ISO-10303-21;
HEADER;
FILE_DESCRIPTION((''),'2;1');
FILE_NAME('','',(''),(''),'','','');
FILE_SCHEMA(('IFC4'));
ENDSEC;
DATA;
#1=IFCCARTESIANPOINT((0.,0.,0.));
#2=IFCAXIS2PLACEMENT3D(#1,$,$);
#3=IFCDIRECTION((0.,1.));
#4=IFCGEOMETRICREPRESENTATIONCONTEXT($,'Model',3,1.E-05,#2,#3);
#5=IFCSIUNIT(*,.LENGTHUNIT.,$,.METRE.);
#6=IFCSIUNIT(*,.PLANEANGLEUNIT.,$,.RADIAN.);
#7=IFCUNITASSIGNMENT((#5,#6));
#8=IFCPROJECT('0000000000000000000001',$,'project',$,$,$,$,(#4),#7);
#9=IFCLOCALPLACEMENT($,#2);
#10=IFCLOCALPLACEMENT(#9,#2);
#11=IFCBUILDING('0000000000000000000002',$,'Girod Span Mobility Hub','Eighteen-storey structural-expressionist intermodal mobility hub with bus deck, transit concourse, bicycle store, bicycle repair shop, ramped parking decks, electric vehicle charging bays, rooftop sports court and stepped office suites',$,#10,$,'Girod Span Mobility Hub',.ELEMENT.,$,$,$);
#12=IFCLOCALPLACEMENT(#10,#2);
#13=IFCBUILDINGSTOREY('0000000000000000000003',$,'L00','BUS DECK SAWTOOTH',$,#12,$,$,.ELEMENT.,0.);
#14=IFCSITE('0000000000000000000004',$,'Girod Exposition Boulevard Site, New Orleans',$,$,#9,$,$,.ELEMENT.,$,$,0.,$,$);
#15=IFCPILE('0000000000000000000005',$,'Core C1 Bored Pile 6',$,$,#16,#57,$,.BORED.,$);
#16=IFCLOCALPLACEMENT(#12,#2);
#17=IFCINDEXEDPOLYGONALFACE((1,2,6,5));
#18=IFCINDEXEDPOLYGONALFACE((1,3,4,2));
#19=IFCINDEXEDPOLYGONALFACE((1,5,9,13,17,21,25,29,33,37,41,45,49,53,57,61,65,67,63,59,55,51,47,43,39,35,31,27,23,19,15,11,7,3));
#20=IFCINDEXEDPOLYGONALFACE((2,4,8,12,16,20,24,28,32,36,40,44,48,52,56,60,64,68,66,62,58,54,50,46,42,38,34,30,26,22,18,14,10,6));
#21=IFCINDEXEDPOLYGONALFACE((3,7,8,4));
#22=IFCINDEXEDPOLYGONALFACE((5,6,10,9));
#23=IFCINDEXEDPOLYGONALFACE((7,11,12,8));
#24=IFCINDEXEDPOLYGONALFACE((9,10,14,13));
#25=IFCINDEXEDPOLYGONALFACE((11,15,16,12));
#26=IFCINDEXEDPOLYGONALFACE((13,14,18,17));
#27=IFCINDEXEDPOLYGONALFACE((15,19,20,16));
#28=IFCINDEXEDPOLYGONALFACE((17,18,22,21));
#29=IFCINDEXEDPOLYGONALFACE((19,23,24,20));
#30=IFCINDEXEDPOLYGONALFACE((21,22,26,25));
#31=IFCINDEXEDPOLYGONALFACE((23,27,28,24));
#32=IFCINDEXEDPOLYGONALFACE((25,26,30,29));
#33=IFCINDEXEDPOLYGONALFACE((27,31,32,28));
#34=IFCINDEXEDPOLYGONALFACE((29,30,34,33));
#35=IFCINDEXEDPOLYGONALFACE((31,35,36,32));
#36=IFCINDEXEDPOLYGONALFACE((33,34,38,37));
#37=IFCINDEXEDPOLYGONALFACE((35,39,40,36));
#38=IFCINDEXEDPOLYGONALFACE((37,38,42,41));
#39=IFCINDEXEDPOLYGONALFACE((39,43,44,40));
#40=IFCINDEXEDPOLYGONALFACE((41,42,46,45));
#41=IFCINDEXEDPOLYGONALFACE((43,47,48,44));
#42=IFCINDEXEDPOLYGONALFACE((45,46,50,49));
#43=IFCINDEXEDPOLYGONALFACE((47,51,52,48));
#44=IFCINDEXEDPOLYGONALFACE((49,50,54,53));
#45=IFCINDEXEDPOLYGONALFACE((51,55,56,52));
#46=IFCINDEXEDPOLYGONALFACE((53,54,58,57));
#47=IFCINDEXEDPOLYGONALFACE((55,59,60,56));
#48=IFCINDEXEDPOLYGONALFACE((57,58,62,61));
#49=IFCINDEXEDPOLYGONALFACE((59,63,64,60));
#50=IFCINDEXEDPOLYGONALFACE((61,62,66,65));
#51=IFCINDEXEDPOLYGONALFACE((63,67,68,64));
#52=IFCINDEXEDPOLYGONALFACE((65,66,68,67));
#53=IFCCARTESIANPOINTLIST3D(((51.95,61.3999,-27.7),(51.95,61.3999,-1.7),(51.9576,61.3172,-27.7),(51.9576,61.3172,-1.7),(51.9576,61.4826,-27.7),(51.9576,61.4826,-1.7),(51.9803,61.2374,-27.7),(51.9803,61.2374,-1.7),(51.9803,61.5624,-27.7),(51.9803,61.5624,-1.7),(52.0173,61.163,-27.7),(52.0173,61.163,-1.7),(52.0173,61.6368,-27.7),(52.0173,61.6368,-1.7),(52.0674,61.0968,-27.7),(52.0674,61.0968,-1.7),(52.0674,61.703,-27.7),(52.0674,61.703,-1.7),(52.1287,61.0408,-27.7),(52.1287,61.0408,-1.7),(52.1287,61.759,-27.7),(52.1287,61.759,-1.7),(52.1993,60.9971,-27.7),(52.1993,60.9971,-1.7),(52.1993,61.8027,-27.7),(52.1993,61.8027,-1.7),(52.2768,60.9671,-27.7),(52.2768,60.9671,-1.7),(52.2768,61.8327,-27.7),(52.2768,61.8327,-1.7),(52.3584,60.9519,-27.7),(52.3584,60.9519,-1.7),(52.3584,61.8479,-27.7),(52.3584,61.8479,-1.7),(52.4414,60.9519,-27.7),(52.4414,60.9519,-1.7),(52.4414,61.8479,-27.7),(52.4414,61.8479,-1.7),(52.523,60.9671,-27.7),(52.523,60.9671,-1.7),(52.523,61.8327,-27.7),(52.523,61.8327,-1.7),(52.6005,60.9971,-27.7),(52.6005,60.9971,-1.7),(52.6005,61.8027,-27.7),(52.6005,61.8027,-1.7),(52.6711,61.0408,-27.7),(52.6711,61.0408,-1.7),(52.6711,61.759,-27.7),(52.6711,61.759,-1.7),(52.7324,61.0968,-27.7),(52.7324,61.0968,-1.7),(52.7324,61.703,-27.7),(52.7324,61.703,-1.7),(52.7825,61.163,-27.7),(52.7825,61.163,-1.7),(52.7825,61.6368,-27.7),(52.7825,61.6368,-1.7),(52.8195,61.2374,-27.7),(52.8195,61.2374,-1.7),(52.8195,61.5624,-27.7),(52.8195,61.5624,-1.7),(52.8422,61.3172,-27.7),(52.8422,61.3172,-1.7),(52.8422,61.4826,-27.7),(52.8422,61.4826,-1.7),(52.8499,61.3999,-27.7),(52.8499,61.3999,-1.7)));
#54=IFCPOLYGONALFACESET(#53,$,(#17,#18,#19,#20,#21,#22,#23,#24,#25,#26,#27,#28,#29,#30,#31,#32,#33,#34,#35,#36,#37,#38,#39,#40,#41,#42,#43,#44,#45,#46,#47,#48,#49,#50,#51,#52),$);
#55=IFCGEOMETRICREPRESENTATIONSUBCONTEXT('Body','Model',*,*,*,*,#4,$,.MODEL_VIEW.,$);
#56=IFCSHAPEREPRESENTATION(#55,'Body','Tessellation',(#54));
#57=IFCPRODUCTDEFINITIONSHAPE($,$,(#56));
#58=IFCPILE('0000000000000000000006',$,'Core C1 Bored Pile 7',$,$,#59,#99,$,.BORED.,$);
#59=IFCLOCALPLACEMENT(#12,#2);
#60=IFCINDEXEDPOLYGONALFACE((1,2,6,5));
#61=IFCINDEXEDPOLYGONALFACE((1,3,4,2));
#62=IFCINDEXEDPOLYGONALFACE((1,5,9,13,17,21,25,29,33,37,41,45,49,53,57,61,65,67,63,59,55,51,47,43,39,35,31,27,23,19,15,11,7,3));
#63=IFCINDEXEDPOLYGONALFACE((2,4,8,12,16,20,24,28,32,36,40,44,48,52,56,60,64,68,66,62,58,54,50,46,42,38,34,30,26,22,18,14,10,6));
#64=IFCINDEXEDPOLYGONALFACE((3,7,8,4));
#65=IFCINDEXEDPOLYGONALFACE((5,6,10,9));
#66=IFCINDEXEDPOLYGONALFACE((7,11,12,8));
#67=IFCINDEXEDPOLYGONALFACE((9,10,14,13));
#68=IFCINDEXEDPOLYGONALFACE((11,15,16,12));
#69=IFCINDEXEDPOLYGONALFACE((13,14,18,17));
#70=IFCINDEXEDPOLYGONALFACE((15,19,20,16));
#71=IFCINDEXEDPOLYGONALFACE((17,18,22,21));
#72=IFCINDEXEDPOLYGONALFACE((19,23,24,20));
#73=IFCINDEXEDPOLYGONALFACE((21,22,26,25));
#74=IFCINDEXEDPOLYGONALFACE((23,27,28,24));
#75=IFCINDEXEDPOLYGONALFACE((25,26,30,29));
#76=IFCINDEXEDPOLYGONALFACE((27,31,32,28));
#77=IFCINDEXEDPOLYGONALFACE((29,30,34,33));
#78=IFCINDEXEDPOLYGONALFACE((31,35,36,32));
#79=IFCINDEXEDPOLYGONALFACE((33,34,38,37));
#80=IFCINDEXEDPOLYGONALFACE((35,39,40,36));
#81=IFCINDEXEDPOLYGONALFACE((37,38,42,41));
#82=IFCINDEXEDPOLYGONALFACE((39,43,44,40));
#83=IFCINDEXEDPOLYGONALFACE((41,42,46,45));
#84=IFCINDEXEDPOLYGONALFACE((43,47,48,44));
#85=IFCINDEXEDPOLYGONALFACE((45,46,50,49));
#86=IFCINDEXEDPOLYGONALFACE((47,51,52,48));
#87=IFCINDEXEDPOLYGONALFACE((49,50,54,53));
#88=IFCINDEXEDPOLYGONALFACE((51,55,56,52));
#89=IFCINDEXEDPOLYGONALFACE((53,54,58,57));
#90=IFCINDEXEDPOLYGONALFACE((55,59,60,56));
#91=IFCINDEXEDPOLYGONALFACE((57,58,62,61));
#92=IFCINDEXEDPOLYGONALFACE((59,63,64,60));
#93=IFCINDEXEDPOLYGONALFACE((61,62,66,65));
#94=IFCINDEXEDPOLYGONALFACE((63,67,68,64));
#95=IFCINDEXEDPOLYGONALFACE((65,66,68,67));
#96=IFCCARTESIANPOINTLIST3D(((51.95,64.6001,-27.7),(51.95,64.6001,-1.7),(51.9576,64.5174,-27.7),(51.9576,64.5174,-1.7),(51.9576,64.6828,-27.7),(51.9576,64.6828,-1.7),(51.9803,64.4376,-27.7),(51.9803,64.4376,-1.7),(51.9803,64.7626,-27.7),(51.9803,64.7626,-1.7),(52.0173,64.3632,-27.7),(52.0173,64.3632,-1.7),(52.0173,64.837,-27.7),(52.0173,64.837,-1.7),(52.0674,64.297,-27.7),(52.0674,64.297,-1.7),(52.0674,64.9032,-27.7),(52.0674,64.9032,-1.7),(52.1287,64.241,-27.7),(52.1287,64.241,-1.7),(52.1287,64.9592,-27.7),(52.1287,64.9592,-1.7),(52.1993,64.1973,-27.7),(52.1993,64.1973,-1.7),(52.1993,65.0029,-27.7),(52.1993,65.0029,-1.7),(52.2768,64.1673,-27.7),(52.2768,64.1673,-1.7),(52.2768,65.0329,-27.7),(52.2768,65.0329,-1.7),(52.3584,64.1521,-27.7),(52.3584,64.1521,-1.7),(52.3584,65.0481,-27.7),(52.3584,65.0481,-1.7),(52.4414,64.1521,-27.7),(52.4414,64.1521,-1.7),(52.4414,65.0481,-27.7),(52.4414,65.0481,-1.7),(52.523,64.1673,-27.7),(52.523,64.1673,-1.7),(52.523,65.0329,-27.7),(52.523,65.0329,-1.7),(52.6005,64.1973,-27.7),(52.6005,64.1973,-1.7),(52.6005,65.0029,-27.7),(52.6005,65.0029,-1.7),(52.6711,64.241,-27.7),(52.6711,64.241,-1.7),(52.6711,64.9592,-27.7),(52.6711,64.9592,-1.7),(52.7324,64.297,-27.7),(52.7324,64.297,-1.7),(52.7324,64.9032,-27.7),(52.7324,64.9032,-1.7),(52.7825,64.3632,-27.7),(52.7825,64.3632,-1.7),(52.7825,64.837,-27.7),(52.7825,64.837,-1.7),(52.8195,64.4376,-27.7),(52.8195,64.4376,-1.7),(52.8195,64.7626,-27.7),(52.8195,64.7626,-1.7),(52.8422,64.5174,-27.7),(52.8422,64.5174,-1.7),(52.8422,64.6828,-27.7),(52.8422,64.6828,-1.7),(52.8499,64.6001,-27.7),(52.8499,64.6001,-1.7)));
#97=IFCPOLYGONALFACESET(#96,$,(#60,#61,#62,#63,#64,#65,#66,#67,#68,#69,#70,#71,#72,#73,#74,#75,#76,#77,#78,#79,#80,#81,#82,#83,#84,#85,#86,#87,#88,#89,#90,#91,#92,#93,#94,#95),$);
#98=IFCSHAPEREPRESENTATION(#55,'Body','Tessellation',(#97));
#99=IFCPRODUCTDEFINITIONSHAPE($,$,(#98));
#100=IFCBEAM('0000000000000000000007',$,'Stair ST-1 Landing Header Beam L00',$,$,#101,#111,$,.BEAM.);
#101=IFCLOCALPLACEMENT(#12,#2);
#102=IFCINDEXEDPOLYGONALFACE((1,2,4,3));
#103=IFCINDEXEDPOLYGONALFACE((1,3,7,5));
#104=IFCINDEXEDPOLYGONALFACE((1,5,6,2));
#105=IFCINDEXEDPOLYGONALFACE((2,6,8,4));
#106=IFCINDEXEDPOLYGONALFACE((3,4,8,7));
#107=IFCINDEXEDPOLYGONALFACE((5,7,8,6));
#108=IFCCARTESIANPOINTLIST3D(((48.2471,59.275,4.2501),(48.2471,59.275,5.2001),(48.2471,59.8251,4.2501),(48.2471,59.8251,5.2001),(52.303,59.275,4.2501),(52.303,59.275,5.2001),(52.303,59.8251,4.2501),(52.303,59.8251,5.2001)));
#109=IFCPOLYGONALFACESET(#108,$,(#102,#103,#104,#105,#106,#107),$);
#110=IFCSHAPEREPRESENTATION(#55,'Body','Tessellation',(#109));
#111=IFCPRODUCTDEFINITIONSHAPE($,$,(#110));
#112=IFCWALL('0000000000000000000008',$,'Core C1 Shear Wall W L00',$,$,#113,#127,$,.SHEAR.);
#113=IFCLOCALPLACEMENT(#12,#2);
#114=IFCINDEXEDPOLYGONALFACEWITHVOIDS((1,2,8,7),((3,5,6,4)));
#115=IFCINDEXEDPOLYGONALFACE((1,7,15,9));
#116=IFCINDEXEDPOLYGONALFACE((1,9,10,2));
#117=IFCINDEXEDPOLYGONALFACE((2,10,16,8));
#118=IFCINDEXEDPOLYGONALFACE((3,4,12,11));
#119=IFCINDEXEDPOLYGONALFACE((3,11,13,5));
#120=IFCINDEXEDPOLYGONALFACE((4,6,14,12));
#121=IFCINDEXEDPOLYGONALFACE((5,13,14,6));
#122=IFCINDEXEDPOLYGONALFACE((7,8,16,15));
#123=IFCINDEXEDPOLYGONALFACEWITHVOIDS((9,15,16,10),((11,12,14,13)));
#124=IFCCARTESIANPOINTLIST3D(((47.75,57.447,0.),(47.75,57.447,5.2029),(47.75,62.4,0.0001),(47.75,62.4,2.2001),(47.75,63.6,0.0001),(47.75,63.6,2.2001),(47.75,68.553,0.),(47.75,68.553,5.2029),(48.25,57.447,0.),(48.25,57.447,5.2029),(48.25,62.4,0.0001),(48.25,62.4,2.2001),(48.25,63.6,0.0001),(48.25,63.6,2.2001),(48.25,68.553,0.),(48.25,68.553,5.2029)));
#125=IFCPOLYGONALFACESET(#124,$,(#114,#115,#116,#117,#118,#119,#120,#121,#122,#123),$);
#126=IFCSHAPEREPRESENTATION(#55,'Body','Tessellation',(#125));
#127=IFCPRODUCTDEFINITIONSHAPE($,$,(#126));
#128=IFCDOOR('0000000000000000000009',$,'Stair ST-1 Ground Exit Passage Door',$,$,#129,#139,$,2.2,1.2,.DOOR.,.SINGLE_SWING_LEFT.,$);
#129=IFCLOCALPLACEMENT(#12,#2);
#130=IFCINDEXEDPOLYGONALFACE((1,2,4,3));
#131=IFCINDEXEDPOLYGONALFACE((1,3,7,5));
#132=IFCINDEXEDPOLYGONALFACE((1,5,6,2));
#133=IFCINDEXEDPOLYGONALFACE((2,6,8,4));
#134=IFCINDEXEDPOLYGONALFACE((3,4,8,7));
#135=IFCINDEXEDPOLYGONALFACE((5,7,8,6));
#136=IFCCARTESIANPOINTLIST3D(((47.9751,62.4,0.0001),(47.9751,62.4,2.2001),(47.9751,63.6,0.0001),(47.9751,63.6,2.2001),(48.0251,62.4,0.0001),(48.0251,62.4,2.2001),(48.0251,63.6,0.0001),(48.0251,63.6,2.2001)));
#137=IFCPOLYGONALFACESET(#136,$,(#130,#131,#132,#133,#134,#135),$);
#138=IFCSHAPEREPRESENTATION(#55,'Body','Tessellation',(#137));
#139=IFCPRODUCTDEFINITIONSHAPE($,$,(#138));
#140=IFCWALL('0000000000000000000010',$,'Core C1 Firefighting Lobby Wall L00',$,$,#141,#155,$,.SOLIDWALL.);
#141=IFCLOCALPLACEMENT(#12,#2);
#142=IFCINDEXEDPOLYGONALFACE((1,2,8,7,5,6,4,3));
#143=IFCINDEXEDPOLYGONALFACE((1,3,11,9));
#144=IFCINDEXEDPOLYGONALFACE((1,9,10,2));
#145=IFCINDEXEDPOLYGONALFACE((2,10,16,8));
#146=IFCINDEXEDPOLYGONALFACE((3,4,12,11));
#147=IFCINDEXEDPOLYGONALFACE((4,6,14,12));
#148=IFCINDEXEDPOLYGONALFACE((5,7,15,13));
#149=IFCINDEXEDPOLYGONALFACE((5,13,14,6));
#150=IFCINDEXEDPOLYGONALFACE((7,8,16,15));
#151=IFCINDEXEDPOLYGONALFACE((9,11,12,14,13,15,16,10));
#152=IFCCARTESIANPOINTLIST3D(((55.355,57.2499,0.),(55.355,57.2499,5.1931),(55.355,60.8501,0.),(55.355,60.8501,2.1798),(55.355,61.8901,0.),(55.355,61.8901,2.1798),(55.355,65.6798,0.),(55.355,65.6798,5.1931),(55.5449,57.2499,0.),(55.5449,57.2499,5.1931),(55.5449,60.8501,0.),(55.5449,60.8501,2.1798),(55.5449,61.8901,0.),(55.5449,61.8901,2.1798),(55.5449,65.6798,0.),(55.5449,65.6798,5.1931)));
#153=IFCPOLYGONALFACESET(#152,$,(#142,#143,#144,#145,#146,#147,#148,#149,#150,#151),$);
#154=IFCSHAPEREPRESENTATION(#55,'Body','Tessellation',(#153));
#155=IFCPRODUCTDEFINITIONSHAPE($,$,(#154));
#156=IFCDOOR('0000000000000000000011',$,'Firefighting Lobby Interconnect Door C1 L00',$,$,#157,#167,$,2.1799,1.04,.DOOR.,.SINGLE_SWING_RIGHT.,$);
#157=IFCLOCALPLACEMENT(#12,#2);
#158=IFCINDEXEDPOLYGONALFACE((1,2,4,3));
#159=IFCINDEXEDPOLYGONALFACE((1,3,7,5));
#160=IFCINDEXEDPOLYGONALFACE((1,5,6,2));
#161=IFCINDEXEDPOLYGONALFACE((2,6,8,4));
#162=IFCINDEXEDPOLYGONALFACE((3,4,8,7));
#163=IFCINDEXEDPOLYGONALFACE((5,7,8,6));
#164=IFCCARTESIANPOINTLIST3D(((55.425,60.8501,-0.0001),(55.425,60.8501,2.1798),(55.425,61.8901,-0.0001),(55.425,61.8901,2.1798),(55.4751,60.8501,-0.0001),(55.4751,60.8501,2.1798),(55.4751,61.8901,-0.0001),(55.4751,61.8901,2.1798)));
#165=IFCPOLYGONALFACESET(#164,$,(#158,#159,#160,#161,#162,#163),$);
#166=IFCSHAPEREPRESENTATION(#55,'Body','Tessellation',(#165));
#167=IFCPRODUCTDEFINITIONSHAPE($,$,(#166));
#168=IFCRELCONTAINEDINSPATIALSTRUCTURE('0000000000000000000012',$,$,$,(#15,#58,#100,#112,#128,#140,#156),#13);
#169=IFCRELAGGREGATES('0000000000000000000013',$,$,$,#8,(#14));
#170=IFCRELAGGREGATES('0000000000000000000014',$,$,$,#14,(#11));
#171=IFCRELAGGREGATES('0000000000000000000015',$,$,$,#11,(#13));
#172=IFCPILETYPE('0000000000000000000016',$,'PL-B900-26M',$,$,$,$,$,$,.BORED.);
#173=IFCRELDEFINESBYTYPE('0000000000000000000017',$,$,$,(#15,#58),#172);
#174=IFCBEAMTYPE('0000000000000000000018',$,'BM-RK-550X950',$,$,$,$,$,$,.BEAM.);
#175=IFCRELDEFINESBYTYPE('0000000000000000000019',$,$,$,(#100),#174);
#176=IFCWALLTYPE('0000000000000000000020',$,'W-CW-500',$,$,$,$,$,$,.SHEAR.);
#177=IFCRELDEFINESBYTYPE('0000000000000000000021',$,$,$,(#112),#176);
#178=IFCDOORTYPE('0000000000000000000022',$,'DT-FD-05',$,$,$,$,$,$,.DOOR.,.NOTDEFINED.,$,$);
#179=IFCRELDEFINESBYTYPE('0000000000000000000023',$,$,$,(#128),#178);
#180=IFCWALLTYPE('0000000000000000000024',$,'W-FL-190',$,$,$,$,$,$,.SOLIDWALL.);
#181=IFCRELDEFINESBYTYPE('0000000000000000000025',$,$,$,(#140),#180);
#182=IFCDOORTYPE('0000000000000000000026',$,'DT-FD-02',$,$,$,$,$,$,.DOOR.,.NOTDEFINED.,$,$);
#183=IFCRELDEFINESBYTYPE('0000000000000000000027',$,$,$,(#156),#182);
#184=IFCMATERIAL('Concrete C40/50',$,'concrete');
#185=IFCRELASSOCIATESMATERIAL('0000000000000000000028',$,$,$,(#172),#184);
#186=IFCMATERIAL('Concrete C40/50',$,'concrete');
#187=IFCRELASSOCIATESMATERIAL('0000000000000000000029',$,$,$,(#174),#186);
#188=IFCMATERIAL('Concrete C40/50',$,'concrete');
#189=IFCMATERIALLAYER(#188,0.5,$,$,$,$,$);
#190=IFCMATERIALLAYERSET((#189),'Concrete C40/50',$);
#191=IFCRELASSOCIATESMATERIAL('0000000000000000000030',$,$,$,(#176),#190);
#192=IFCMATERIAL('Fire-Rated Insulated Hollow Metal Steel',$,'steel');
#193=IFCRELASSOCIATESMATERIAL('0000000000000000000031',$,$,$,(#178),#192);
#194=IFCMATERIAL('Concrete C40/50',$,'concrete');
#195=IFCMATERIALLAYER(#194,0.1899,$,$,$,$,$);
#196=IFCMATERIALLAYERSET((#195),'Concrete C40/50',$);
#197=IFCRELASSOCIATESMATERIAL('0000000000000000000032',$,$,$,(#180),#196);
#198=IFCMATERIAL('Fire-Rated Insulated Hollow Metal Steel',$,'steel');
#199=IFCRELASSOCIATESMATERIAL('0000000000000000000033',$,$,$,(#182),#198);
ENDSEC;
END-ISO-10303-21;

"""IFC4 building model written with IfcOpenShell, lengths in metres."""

from ifc_helpers import new_model, si_unit, direction, frame, frame_2d, origin, origin_2d, place, context, subcontext, project, spatial, rectangle, circle, extrude, material, layer, layer_set, material_profile, profile_set, type_object, element, fill, save


model = new_model("IFC4")

# Units and contexts
model_context = context("Model", 3, precision=1e-05, world=origin(), true_north=direction((0.0, 1.0)))
body_context = subcontext(model_context, "Body", "Model", "MODEL_VIEW")
ifc_project = project(units=[si_unit("LENGTHUNIT", "METRE"), si_unit("PLANEANGLEUNIT", "RADIAN")], contexts=[model_context])

# Site, building, storey
site_placement = place(None, origin())
site = spatial("IfcSite", under=ifc_project, at=site_placement, Name="Girod Exposition Boulevard Site, New Orleans", CompositionType="ELEMENT", RefElevation=0.0)
building_placement = place(site_placement, origin())
building = spatial("IfcBuilding", under=site, at=building_placement, Name="Girod Span Mobility Hub", Description="Eighteen-storey structural-expressionist intermodal mobility hub with bus deck, transit concourse, bicycle store, bicycle repair shop, ramped parking decks, electric vehicle charging bays, rooftop sports court and stepped office suites", LongName="Girod Span Mobility Hub", CompositionType="ELEMENT")
storey_placement = place(building_placement, origin())
storey = spatial("IfcBuildingStorey", under=building, at=storey_placement, Name="L00", Description="BUS DECK SAWTOOTH", CompositionType="ELEMENT", Elevation=0.0)

# Piles
ifc_material_1 = material(Name="Concrete C40/50", Category="concrete")
ifc_material_profile_1 = material_profile(ifc_material_1, circle(Radius=0.45, at=origin_2d()), Name="PILE-D900")
ifc_profile_set_1 = profile_set([ifc_material_profile_1], Name="Concrete C40/50")
pile_type = type_object("IfcPileType", Name="PL-B900-26M", PredefinedType="BORED", material=ifc_profile_set_1)
for number, where, z_axis, x_axis, name in (
    (1, (52.3999, 61.3999, -1.7), (0.0, 0.0, -1.0), (1.0, 0.0, 0.0), "Core C1 Bored Pile 6"),
    (2, (52.3999, 64.6001, -1.7), (0.0, 0.0, -1.0), (1.0, 0.0, 0.0), "Core C1 Bored Pile 7"),
):
    element("IfcPile", number, at=place(storey_placement, frame(where, z_axis=z_axis, x_axis=x_axis)), inside=storey, type_object=pile_type, Name=name, PredefinedType="BORED", context=body_context, shape_type="SweptSolid", body=[
        extrude(circle(Radius=0.45, at=origin_2d()), origin(), (0.0, 0.0, 1.0), 26.0),
    ])

# Beam
ifc_material_2 = material(Name="Concrete C40/50", Category="concrete")
ifc_material_profile_2 = material_profile(ifc_material_2, rectangle(XDim=0.55, YDim=0.95, at=origin_2d()), Name="RK-550X950")
ifc_profile_set_2 = profile_set([ifc_material_profile_2], Name="Concrete C40/50")
beam_type = type_object("IfcBeamType", Name="BM-RK-550X950", PredefinedType="BEAM", material=ifc_profile_set_2)
beam_placement = place(storey_placement, frame((48.2471, 59.55, 4.7251), z_axis=(1.0, 0.0, 0.0), x_axis=(0.0, 1.0, 0.0)))
element("IfcBeam", 3, at=beam_placement, inside=storey, type_object=beam_type, Name="Stair ST-1 Landing Header Beam L00", PredefinedType="BEAM", context=body_context, shape_type="SweptSolid", body=[
    extrude(rectangle(XDim=0.55, YDim=0.95, at=origin_2d()), origin(), (0.0, 0.0, 1.0), 4.0559),
])

# Walls, openings, doors
ifc_material_3 = material(Name="Concrete C40/50", Category="concrete")
ifc_layer_1 = layer(ifc_material_3, 0.5)
ifc_layer_set_1 = layer_set([ifc_layer_1], Name="Concrete C40/50")
wall_type_1 = type_object("IfcWallType", Name="W-CW-500", PredefinedType="SHEAR", material=ifc_layer_set_1)
wall_1_placement = place(storey_placement, frame((48.0, 57.447, 0.0), z_axis=(0.0, 0.0, 1.0), x_axis=(0.0, 1.0, 0.0)))
wall_1 = element("IfcWall", 4, at=wall_1_placement, inside=storey, type_object=wall_type_1, Name="Core C1 Shear Wall W L00", PredefinedType="SHEAR", context=body_context, shape_type="SweptSolid", body=[
    extrude(rectangle(XDim=11.106, YDim=0.5, at=frame_2d((5.553, 0.0))), origin(), (0.0, 0.0, 1.0), 5.2029),
])
opening_1_placement = place(wall_1_placement, frame((4.9529, 0.0, 0.0)))
opening_1 = element("IfcOpeningElement", 5, at=opening_1_placement, cuts=wall_1, PredefinedType="OPENING", context=body_context, shape_type="SweptSolid", body=[
    extrude(rectangle(XDim=1.2, YDim=2.2, at=frame_2d((0.6001, 1.1001))), frame((0.0, 0.2649, 0.0), z_axis=(0.0, -1.0, 0.0), x_axis=(1.0, 0.0, 0.0)), (0.0, 0.0, 1.0), 0.53),
])
ifc_material_4 = material(Name="Fire-Rated Insulated Hollow Metal Steel", Category="steel")
door_type_1 = type_object("IfcDoorType", Name="DT-FD-05", OperationType="NOTDEFINED", PredefinedType="DOOR", material=ifc_material_4)
door_1_placement = place(opening_1_placement, origin())
door_1 = element("IfcDoor", 6, at=door_1_placement, inside=storey, type_object=door_type_1, Name="Stair ST-1 Ground Exit Passage Door", OperationType="SINGLE_SWING_LEFT", OverallHeight=2.2, OverallWidth=1.2, PredefinedType="DOOR", context=body_context, shape_type="SweptSolid", body=[
    extrude(rectangle(XDim=1.2, YDim=2.2, at=frame_2d((0.6001, 1.1001))), frame((0.0, 0.0249, 0.0), z_axis=(0.0, -1.0, 0.0), x_axis=(1.0, 0.0, 0.0)), (0.0, 0.0, 1.0), 0.05),
])
fill(opening_1, door_1)
ifc_material_5 = material(Name="Concrete C40/50", Category="concrete")
ifc_layer_2 = layer(ifc_material_5, 0.1899)
ifc_layer_set_2 = layer_set([ifc_layer_2], Name="Concrete C40/50")
wall_type_2 = type_object("IfcWallType", Name="W-FL-190", PredefinedType="SOLIDWALL", material=ifc_layer_set_2)
wall_2_placement = place(storey_placement, frame((55.45, 57.25, 0.0), z_axis=(0.0, 0.0, 1.0), x_axis=(0.0, 1.0, 0.0)))
wall_2 = element("IfcWall", 7, at=wall_2_placement, inside=storey, type_object=wall_type_2, Name="Core C1 Firefighting Lobby Wall L00", PredefinedType="SOLIDWALL", context=body_context, shape_type="SweptSolid", body=[
    extrude(rectangle(XDim=8.4299, YDim=0.1899, at=frame_2d((4.2148, 0.0))), origin(), (0.0, 0.0, 1.0), 5.1931),
])
opening_2_placement = place(wall_2_placement, frame((3.6001, 0.0, 0.0)))
opening_2 = element("IfcOpeningElement", 8, at=opening_2_placement, cuts=wall_2, PredefinedType="OPENING", context=body_context, shape_type="SweptSolid", body=[
    extrude(rectangle(XDim=1.04, YDim=2.1799, at=frame_2d((0.52, 1.0898))), frame((0.0, 0.1099, 0.0), z_axis=(0.0, -1.0, 0.0), x_axis=(1.0, 0.0, 0.0)), (0.0, 0.0, 1.0), 0.22),
])
ifc_material_6 = material(Name="Fire-Rated Insulated Hollow Metal Steel", Category="steel")
door_type_2 = type_object("IfcDoorType", Name="DT-FD-02", OperationType="NOTDEFINED", PredefinedType="DOOR", material=ifc_material_6)
door_2_placement = place(opening_2_placement, origin())
door_2 = element("IfcDoor", 9, at=door_2_placement, inside=storey, type_object=door_type_2, Name="Firefighting Lobby Interconnect Door C1 L00", OperationType="SINGLE_SWING_RIGHT", OverallHeight=2.1799, OverallWidth=1.04, PredefinedType="DOOR", context=body_context, shape_type="SweptSolid", body=[
    extrude(rectangle(XDim=1.04, YDim=2.1799, at=frame_2d((0.52, 1.0898))), frame((0.0, 0.0249, 0.0), z_axis=(0.0, -1.0, 0.0), x_axis=(1.0, 0.0, 0.0)), (0.0, 0.0, 1.0), 0.05),
])
fill(opening_2, door_2)

save(model, "model.ifc")
